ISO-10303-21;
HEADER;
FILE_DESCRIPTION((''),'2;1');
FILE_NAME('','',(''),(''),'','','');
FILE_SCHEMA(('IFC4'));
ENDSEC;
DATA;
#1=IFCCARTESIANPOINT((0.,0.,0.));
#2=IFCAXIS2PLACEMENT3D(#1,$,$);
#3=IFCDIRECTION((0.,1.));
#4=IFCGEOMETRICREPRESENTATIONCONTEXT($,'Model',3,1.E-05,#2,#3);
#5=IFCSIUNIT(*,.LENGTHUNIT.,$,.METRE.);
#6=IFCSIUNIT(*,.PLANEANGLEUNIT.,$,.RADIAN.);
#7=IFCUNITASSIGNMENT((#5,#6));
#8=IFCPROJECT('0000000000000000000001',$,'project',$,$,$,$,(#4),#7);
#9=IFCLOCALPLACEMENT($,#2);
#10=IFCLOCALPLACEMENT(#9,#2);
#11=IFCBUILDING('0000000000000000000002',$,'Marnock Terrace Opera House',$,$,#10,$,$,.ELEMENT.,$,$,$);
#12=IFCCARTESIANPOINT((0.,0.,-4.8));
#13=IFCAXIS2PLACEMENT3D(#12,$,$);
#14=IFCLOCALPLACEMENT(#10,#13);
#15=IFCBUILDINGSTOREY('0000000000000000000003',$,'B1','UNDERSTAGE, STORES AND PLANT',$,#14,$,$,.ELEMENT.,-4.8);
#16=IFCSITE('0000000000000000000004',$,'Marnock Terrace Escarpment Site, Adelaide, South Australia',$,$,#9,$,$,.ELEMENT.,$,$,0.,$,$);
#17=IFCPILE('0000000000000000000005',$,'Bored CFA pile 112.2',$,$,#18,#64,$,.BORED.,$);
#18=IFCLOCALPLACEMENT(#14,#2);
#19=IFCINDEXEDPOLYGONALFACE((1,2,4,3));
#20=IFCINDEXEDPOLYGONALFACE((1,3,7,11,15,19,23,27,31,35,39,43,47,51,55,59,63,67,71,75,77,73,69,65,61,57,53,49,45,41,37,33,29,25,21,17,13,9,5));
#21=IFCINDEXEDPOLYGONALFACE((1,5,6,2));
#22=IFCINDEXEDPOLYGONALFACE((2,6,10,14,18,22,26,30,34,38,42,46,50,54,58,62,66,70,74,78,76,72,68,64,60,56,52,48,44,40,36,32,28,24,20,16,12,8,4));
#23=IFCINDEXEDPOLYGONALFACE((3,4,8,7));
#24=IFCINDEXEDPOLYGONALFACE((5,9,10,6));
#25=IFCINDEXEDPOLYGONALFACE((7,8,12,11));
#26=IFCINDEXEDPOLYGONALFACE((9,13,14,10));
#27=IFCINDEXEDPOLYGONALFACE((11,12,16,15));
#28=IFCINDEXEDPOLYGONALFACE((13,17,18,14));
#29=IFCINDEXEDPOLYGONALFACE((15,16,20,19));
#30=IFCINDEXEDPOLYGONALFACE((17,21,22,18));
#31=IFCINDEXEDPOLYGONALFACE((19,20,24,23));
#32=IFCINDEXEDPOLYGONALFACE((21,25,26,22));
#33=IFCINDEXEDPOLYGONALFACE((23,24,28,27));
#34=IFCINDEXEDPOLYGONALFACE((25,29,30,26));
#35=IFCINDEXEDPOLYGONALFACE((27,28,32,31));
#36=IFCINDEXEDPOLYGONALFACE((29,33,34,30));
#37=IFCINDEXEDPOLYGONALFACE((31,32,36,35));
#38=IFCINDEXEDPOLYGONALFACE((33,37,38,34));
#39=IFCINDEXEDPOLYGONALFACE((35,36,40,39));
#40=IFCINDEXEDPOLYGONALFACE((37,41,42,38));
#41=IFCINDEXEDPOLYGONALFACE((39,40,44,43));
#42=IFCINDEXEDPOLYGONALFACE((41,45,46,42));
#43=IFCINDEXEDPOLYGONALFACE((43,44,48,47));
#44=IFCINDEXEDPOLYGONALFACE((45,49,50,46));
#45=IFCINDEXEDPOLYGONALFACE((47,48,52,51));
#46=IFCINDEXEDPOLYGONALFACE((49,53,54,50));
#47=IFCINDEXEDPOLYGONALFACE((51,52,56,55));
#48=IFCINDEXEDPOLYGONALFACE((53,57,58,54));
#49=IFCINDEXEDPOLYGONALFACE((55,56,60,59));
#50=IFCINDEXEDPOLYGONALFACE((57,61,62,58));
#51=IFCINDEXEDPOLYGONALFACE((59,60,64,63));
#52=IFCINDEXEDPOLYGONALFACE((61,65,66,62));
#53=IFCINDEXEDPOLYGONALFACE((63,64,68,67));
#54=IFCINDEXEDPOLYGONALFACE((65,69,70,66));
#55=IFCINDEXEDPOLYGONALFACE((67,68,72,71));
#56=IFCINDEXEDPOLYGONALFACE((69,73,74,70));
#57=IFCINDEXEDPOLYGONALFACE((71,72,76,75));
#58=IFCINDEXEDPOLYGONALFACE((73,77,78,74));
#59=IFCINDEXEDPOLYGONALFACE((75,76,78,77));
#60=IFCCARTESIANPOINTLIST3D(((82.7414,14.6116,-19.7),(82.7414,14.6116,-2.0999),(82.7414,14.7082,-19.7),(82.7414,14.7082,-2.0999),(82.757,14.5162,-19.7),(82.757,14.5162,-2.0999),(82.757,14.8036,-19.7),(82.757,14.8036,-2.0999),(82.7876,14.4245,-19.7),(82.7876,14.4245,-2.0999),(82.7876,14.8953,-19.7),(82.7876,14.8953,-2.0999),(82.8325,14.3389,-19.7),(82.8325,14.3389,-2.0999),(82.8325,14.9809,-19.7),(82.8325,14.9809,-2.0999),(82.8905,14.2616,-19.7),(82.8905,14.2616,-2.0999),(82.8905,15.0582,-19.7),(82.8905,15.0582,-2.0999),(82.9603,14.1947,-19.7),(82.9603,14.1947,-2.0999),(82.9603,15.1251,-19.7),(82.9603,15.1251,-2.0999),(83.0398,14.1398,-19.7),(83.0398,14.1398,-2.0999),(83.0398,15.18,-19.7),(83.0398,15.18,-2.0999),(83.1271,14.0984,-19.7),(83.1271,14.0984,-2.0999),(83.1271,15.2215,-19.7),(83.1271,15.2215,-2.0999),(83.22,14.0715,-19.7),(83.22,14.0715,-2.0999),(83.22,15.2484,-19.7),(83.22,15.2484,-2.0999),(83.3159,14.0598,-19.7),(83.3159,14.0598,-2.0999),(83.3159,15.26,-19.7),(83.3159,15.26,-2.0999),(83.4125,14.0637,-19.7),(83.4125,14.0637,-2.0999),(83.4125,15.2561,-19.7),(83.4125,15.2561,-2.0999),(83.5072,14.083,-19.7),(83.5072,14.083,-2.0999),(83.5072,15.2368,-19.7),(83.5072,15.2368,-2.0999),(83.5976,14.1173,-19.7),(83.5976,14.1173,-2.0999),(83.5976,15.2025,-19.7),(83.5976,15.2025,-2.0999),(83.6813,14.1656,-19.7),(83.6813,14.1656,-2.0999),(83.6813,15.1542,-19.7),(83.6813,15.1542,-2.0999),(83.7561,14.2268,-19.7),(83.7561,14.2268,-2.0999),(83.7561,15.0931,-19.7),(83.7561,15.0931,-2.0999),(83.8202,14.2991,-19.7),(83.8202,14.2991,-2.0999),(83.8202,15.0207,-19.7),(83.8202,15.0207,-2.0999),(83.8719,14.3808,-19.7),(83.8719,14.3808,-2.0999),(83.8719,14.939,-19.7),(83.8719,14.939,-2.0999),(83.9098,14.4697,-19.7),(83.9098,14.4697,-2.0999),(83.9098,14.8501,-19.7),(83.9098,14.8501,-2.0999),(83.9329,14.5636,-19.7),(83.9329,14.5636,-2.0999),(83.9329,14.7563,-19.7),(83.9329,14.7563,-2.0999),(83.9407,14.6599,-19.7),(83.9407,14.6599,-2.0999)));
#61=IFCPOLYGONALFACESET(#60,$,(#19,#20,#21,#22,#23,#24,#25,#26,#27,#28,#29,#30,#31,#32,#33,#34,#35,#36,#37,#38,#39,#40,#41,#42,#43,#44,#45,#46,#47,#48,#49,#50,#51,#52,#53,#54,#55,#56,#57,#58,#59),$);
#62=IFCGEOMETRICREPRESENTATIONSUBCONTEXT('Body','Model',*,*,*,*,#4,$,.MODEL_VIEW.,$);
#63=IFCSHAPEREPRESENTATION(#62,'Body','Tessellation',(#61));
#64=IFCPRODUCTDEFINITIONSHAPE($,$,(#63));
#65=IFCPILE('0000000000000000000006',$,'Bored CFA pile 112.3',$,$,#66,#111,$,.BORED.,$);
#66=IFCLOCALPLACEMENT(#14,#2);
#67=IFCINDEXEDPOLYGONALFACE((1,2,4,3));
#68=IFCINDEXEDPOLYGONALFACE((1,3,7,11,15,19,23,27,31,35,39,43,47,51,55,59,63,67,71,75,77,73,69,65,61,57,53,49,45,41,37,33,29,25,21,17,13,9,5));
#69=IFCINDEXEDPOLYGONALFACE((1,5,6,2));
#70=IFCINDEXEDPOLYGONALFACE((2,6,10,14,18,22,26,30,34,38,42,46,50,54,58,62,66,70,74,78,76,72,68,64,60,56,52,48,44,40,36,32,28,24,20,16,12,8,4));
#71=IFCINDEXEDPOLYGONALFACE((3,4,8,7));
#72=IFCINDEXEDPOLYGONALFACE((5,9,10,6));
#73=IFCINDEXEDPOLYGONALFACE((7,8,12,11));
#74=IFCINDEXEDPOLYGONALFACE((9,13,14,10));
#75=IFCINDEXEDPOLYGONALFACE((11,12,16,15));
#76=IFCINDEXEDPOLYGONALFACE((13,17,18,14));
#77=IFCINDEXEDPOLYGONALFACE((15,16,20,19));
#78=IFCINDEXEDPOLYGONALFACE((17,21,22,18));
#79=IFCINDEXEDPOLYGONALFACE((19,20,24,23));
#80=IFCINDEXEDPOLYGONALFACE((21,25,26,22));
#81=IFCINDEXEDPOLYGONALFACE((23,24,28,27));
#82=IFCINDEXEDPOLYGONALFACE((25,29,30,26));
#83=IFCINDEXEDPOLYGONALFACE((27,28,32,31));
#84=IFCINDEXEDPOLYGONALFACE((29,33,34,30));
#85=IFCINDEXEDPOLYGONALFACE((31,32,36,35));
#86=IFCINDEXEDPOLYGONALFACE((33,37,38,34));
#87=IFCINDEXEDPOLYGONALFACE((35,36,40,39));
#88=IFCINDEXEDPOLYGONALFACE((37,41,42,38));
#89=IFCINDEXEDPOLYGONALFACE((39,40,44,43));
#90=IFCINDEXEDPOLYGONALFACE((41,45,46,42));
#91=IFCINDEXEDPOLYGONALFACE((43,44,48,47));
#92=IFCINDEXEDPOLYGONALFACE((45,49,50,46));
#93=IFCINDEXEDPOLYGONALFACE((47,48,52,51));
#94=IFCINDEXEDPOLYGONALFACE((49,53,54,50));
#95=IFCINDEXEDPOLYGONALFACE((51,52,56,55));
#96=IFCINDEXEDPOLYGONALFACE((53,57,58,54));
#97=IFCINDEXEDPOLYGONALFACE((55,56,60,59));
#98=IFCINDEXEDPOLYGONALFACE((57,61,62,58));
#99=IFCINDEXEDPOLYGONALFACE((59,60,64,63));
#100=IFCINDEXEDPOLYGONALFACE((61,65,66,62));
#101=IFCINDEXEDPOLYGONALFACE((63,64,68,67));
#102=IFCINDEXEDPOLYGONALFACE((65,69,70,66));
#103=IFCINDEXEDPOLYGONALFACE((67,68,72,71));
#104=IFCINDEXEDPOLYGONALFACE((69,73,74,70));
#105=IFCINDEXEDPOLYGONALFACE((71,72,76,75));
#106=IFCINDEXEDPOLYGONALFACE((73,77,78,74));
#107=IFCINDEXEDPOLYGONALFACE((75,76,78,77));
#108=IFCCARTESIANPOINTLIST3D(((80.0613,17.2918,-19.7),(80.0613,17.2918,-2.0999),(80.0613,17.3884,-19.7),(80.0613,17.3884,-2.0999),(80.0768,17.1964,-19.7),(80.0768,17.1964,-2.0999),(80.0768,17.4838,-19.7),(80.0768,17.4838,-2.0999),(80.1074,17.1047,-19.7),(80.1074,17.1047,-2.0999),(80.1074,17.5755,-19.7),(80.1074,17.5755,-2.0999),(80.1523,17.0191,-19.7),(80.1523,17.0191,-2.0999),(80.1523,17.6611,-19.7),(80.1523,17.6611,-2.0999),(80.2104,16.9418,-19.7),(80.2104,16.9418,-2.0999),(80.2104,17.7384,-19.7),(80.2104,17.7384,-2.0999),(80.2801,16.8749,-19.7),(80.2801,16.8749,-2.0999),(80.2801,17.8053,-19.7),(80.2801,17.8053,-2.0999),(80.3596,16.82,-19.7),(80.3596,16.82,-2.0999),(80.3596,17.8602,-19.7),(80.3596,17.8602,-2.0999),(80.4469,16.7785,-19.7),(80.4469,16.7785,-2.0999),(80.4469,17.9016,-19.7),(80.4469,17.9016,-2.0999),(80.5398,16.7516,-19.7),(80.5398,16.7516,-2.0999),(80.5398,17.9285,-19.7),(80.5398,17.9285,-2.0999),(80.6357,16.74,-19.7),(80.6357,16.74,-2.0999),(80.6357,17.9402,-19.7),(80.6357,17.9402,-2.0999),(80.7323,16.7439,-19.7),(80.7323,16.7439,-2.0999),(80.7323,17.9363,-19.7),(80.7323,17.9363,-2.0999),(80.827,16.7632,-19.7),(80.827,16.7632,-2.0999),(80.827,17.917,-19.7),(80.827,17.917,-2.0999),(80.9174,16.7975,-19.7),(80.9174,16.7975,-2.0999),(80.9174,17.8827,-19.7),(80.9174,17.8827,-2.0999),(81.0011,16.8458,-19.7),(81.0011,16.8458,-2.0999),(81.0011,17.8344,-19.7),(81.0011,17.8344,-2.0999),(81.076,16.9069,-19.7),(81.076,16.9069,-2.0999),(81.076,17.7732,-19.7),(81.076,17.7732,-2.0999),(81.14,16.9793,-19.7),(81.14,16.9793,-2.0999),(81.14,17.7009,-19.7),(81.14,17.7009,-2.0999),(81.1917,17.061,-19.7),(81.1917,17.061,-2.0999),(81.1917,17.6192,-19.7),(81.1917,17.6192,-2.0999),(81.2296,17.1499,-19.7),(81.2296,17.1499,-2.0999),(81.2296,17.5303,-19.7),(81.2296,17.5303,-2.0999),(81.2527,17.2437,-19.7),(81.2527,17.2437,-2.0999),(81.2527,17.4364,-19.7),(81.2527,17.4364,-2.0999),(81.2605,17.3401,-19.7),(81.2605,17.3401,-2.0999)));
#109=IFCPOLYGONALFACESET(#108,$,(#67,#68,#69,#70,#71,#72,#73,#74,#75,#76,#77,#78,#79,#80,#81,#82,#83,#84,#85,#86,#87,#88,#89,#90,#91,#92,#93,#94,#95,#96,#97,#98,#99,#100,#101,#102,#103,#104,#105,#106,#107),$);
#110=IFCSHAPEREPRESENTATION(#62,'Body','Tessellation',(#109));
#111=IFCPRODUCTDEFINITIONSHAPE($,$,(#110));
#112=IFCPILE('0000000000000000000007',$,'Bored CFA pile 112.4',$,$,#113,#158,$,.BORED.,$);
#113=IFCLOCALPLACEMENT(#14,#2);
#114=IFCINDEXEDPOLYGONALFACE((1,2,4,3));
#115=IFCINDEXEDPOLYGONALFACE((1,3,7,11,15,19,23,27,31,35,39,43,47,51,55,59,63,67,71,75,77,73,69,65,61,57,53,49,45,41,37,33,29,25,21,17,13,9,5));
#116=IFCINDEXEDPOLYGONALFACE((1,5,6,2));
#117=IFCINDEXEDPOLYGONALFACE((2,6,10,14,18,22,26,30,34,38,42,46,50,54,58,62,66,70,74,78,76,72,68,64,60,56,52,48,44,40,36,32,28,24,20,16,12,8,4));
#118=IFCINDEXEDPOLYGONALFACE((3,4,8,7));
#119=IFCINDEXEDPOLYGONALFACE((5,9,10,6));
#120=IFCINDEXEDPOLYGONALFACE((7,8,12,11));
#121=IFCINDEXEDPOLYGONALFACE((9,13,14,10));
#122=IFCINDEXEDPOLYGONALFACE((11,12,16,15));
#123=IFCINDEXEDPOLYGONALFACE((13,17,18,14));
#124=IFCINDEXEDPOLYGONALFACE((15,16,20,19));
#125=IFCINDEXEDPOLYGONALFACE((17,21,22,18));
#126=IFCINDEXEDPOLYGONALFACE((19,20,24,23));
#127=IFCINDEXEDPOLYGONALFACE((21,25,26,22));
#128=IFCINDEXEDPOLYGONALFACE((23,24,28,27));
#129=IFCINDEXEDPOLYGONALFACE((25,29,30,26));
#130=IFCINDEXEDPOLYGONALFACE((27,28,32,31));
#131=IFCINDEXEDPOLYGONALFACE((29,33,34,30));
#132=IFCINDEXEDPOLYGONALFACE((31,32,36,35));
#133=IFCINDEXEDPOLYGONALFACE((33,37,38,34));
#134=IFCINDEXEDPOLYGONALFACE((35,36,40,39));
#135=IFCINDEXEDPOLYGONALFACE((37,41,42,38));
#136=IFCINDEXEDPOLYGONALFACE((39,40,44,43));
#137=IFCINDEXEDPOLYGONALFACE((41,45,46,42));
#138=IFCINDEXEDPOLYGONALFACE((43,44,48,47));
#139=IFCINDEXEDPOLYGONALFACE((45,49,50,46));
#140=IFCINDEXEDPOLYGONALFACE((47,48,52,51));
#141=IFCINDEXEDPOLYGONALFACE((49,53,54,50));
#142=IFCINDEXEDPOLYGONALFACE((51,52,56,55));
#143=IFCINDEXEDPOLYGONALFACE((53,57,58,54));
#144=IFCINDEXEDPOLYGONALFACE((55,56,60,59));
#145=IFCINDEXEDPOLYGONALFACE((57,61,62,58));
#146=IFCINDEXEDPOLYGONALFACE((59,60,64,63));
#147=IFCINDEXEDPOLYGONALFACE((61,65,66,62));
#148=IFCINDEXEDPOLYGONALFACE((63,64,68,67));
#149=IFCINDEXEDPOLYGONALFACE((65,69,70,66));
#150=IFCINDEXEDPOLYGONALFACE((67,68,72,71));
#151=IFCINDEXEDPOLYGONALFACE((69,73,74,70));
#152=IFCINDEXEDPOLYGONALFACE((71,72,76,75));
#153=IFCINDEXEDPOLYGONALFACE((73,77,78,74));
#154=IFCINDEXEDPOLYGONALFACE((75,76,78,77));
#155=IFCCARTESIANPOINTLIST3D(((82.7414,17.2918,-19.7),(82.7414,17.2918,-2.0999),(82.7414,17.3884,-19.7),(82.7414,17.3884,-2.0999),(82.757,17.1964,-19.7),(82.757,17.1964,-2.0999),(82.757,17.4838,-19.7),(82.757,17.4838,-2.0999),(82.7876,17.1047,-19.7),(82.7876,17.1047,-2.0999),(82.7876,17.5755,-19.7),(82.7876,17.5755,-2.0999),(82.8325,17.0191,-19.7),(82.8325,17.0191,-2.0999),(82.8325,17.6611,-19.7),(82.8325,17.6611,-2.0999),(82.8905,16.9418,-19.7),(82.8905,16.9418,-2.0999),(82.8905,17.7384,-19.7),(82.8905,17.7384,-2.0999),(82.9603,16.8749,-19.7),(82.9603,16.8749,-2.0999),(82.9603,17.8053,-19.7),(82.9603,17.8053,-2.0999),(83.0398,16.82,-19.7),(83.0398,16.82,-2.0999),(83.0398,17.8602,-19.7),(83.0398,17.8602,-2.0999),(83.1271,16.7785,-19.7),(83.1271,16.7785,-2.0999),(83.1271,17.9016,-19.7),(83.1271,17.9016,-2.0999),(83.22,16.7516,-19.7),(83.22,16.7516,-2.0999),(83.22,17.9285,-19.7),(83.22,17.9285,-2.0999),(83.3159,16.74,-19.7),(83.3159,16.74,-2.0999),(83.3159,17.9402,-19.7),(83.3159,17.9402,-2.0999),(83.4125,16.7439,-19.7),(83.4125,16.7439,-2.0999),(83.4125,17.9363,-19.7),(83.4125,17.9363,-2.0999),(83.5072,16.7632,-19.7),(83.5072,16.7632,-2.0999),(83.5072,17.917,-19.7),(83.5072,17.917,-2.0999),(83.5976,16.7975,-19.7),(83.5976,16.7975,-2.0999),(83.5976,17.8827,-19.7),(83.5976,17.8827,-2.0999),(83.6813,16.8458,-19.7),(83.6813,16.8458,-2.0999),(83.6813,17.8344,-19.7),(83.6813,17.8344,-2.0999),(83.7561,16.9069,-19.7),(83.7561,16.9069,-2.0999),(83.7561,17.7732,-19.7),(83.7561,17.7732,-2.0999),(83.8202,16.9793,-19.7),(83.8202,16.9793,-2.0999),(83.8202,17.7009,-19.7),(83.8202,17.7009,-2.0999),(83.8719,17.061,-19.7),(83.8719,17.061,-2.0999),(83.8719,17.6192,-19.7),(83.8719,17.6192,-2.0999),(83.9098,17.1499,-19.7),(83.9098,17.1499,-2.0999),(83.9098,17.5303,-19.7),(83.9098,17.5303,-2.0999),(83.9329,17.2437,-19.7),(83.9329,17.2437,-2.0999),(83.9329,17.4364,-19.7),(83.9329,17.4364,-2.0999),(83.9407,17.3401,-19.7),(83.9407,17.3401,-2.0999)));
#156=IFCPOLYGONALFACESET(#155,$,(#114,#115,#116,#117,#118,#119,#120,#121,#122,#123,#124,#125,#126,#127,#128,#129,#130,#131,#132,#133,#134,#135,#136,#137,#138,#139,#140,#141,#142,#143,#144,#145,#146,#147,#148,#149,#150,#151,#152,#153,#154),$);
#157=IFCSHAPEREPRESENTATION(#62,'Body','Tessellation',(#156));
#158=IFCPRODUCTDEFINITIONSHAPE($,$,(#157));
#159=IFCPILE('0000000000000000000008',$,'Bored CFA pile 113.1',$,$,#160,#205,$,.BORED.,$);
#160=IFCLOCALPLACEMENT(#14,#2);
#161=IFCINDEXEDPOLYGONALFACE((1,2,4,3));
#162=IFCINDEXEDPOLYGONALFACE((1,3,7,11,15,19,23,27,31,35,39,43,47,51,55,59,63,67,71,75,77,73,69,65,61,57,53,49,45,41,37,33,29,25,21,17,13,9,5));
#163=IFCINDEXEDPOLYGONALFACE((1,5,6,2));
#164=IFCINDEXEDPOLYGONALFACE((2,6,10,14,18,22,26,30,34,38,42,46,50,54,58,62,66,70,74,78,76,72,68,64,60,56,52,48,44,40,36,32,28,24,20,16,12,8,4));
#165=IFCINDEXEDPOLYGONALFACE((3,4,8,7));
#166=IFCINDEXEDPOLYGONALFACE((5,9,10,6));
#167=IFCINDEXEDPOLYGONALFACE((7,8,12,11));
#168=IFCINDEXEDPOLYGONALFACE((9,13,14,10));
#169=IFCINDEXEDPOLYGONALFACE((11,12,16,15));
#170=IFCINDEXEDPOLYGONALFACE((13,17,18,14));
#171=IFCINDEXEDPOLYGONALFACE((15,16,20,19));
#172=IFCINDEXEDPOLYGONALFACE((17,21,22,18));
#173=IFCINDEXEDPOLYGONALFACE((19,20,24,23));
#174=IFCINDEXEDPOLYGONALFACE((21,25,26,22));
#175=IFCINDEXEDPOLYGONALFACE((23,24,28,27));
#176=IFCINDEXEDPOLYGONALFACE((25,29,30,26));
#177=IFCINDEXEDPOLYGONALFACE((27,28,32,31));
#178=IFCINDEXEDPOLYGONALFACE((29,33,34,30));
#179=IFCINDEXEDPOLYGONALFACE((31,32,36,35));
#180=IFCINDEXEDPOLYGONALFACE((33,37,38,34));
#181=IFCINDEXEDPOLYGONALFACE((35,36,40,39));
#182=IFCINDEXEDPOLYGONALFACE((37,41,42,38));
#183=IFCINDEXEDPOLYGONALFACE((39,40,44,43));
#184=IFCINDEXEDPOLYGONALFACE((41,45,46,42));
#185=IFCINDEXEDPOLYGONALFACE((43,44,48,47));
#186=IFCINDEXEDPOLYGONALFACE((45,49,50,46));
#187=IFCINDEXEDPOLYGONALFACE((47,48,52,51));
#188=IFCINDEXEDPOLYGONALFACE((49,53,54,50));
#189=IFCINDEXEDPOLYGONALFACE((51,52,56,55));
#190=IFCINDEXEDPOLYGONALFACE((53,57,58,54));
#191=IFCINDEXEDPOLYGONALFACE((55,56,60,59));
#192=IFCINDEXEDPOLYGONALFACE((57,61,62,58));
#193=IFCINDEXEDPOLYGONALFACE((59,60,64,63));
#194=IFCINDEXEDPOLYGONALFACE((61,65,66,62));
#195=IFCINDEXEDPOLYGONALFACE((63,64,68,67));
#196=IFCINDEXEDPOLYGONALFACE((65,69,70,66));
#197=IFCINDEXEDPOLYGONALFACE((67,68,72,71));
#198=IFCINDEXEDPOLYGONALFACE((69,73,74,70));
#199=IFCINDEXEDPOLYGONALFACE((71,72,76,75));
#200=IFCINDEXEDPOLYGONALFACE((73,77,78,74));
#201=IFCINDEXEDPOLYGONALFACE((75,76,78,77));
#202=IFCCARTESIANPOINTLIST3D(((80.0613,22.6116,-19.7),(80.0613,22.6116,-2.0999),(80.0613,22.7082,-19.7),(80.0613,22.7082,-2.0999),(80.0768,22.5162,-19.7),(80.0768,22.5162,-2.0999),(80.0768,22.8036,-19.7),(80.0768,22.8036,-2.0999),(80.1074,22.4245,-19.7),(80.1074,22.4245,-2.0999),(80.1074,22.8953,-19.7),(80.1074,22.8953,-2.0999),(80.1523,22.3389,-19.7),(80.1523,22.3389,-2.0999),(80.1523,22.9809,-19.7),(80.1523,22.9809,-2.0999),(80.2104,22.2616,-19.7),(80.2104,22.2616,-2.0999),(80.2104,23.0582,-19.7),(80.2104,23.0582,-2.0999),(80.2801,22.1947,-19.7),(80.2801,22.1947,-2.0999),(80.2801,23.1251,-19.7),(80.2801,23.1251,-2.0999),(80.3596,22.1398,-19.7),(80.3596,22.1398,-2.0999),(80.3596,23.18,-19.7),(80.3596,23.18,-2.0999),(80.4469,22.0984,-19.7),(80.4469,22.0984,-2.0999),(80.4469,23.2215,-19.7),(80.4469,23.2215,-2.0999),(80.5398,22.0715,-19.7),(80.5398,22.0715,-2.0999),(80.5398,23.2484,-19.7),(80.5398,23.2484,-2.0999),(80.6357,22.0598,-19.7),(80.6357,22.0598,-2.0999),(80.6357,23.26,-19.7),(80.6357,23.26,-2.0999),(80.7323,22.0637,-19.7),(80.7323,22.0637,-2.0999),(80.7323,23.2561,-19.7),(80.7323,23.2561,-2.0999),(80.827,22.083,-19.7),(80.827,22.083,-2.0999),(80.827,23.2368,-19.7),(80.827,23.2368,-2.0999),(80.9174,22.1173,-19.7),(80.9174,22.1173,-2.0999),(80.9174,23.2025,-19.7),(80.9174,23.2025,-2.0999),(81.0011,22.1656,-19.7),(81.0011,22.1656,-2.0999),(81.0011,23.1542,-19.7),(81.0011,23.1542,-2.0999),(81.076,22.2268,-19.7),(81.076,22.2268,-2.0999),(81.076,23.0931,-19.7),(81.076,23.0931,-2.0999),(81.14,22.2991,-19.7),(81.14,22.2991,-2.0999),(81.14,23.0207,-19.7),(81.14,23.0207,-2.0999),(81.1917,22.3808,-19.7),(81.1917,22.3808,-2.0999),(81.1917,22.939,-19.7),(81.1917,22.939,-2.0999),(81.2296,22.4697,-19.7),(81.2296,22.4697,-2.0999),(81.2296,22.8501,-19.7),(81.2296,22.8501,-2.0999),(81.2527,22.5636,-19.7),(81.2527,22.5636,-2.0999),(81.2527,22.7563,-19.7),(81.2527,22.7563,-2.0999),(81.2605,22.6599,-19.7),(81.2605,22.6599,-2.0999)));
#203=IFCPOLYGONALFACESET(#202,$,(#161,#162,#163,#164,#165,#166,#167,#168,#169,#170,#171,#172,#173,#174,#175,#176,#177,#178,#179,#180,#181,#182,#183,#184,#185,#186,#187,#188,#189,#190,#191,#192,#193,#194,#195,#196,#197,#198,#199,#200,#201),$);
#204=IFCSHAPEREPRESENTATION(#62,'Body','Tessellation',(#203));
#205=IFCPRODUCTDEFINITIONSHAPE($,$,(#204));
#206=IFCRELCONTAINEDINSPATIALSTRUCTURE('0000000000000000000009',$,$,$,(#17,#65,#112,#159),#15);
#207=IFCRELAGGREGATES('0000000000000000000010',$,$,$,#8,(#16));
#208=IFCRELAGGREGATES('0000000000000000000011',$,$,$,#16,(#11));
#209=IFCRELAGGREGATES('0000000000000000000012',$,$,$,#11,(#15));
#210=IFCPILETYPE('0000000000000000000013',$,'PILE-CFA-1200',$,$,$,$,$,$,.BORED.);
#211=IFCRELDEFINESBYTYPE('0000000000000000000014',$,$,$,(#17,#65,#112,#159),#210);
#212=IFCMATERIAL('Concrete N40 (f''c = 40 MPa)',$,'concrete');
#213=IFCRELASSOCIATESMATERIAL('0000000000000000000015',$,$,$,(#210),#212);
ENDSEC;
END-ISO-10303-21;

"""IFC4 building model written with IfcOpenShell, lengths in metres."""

from ifc_helpers import new_model, si_unit, direction, frame, origin, origin_2d, place, context, subcontext, project, spatial, circle, extrude, material, material_profile, profile_set, type_object, element, save


model = new_model("IFC4")

# Units and contexts
model_context = context("Model", 3, precision=1e-05, world=origin(), true_north=direction((0.0, 1.0)))
body_context = subcontext(model_context, "Body", "Model", "MODEL_VIEW")
ifc_project = project(units=[si_unit("LENGTHUNIT", "METRE"), si_unit("PLANEANGLEUNIT", "RADIAN")], contexts=[model_context])

# Site, building, storey
site_placement = place(None, origin())
site = spatial("IfcSite", under=ifc_project, at=site_placement, Name="Marnock Terrace Escarpment Site, Adelaide, South Australia", CompositionType="ELEMENT", RefElevation=0.0)
building_placement = place(site_placement, origin())
building = spatial("IfcBuilding", under=site, at=building_placement, Name="Marnock Terrace Opera House", CompositionType="ELEMENT")
storey_placement = place(building_placement, frame((0.0, 0.0, -4.8)))
storey = spatial("IfcBuildingStorey", under=building, at=storey_placement, Name="B1", Description="UNDERSTAGE, STORES AND PLANT", CompositionType="ELEMENT", Elevation=-4.8)

# Shared definitions
ifc_material_1 = material(Name="Concrete N40 (f'c = 40 MPa)", Category="concrete")

# Piles
ifc_material_profile_1 = material_profile(ifc_material_1, circle(Radius=0.6006, at=origin_2d()))
ifc_profile_set_1 = profile_set([ifc_material_profile_1], Name="Concrete N40 (f'c = 40 MPa)")
pile_type = type_object("IfcPileType", Name="PILE-CFA-1200", PredefinedType="BORED", material=ifc_profile_set_1)
for number, where, z_axis, x_axis, name in (
    (1, (83.3401, 14.6599, -2.0999), (0.0, 0.0, -1.0), (1.0, 0.0, 0.0), "Bored CFA pile 112.2"),
    (2, (80.6599, 17.3401, -2.0999), (0.0, 0.0, -1.0), (1.0, 0.0, 0.0), "Bored CFA pile 112.3"),
    (3, (83.3401, 17.3401, -2.0999), (0.0, 0.0, -1.0), (1.0, 0.0, 0.0), "Bored CFA pile 112.4"),
    (4, (80.6599, 22.6599, -2.0999), (0.0, 0.0, -1.0), (1.0, 0.0, 0.0), "Bored CFA pile 113.1"),
):
    element("IfcPile", number, at=place(storey_placement, frame(where, z_axis=z_axis, x_axis=x_axis)), inside=storey, type_object=pile_type, Name=name, PredefinedType="BORED", context=body_context, shape_type="SweptSolid", body=[
        extrude(circle(Radius=0.6006, at=origin_2d()), origin(), (0.0, 0.0, 1.0), 17.6001),
    ])

save(model, "model.ifc")
